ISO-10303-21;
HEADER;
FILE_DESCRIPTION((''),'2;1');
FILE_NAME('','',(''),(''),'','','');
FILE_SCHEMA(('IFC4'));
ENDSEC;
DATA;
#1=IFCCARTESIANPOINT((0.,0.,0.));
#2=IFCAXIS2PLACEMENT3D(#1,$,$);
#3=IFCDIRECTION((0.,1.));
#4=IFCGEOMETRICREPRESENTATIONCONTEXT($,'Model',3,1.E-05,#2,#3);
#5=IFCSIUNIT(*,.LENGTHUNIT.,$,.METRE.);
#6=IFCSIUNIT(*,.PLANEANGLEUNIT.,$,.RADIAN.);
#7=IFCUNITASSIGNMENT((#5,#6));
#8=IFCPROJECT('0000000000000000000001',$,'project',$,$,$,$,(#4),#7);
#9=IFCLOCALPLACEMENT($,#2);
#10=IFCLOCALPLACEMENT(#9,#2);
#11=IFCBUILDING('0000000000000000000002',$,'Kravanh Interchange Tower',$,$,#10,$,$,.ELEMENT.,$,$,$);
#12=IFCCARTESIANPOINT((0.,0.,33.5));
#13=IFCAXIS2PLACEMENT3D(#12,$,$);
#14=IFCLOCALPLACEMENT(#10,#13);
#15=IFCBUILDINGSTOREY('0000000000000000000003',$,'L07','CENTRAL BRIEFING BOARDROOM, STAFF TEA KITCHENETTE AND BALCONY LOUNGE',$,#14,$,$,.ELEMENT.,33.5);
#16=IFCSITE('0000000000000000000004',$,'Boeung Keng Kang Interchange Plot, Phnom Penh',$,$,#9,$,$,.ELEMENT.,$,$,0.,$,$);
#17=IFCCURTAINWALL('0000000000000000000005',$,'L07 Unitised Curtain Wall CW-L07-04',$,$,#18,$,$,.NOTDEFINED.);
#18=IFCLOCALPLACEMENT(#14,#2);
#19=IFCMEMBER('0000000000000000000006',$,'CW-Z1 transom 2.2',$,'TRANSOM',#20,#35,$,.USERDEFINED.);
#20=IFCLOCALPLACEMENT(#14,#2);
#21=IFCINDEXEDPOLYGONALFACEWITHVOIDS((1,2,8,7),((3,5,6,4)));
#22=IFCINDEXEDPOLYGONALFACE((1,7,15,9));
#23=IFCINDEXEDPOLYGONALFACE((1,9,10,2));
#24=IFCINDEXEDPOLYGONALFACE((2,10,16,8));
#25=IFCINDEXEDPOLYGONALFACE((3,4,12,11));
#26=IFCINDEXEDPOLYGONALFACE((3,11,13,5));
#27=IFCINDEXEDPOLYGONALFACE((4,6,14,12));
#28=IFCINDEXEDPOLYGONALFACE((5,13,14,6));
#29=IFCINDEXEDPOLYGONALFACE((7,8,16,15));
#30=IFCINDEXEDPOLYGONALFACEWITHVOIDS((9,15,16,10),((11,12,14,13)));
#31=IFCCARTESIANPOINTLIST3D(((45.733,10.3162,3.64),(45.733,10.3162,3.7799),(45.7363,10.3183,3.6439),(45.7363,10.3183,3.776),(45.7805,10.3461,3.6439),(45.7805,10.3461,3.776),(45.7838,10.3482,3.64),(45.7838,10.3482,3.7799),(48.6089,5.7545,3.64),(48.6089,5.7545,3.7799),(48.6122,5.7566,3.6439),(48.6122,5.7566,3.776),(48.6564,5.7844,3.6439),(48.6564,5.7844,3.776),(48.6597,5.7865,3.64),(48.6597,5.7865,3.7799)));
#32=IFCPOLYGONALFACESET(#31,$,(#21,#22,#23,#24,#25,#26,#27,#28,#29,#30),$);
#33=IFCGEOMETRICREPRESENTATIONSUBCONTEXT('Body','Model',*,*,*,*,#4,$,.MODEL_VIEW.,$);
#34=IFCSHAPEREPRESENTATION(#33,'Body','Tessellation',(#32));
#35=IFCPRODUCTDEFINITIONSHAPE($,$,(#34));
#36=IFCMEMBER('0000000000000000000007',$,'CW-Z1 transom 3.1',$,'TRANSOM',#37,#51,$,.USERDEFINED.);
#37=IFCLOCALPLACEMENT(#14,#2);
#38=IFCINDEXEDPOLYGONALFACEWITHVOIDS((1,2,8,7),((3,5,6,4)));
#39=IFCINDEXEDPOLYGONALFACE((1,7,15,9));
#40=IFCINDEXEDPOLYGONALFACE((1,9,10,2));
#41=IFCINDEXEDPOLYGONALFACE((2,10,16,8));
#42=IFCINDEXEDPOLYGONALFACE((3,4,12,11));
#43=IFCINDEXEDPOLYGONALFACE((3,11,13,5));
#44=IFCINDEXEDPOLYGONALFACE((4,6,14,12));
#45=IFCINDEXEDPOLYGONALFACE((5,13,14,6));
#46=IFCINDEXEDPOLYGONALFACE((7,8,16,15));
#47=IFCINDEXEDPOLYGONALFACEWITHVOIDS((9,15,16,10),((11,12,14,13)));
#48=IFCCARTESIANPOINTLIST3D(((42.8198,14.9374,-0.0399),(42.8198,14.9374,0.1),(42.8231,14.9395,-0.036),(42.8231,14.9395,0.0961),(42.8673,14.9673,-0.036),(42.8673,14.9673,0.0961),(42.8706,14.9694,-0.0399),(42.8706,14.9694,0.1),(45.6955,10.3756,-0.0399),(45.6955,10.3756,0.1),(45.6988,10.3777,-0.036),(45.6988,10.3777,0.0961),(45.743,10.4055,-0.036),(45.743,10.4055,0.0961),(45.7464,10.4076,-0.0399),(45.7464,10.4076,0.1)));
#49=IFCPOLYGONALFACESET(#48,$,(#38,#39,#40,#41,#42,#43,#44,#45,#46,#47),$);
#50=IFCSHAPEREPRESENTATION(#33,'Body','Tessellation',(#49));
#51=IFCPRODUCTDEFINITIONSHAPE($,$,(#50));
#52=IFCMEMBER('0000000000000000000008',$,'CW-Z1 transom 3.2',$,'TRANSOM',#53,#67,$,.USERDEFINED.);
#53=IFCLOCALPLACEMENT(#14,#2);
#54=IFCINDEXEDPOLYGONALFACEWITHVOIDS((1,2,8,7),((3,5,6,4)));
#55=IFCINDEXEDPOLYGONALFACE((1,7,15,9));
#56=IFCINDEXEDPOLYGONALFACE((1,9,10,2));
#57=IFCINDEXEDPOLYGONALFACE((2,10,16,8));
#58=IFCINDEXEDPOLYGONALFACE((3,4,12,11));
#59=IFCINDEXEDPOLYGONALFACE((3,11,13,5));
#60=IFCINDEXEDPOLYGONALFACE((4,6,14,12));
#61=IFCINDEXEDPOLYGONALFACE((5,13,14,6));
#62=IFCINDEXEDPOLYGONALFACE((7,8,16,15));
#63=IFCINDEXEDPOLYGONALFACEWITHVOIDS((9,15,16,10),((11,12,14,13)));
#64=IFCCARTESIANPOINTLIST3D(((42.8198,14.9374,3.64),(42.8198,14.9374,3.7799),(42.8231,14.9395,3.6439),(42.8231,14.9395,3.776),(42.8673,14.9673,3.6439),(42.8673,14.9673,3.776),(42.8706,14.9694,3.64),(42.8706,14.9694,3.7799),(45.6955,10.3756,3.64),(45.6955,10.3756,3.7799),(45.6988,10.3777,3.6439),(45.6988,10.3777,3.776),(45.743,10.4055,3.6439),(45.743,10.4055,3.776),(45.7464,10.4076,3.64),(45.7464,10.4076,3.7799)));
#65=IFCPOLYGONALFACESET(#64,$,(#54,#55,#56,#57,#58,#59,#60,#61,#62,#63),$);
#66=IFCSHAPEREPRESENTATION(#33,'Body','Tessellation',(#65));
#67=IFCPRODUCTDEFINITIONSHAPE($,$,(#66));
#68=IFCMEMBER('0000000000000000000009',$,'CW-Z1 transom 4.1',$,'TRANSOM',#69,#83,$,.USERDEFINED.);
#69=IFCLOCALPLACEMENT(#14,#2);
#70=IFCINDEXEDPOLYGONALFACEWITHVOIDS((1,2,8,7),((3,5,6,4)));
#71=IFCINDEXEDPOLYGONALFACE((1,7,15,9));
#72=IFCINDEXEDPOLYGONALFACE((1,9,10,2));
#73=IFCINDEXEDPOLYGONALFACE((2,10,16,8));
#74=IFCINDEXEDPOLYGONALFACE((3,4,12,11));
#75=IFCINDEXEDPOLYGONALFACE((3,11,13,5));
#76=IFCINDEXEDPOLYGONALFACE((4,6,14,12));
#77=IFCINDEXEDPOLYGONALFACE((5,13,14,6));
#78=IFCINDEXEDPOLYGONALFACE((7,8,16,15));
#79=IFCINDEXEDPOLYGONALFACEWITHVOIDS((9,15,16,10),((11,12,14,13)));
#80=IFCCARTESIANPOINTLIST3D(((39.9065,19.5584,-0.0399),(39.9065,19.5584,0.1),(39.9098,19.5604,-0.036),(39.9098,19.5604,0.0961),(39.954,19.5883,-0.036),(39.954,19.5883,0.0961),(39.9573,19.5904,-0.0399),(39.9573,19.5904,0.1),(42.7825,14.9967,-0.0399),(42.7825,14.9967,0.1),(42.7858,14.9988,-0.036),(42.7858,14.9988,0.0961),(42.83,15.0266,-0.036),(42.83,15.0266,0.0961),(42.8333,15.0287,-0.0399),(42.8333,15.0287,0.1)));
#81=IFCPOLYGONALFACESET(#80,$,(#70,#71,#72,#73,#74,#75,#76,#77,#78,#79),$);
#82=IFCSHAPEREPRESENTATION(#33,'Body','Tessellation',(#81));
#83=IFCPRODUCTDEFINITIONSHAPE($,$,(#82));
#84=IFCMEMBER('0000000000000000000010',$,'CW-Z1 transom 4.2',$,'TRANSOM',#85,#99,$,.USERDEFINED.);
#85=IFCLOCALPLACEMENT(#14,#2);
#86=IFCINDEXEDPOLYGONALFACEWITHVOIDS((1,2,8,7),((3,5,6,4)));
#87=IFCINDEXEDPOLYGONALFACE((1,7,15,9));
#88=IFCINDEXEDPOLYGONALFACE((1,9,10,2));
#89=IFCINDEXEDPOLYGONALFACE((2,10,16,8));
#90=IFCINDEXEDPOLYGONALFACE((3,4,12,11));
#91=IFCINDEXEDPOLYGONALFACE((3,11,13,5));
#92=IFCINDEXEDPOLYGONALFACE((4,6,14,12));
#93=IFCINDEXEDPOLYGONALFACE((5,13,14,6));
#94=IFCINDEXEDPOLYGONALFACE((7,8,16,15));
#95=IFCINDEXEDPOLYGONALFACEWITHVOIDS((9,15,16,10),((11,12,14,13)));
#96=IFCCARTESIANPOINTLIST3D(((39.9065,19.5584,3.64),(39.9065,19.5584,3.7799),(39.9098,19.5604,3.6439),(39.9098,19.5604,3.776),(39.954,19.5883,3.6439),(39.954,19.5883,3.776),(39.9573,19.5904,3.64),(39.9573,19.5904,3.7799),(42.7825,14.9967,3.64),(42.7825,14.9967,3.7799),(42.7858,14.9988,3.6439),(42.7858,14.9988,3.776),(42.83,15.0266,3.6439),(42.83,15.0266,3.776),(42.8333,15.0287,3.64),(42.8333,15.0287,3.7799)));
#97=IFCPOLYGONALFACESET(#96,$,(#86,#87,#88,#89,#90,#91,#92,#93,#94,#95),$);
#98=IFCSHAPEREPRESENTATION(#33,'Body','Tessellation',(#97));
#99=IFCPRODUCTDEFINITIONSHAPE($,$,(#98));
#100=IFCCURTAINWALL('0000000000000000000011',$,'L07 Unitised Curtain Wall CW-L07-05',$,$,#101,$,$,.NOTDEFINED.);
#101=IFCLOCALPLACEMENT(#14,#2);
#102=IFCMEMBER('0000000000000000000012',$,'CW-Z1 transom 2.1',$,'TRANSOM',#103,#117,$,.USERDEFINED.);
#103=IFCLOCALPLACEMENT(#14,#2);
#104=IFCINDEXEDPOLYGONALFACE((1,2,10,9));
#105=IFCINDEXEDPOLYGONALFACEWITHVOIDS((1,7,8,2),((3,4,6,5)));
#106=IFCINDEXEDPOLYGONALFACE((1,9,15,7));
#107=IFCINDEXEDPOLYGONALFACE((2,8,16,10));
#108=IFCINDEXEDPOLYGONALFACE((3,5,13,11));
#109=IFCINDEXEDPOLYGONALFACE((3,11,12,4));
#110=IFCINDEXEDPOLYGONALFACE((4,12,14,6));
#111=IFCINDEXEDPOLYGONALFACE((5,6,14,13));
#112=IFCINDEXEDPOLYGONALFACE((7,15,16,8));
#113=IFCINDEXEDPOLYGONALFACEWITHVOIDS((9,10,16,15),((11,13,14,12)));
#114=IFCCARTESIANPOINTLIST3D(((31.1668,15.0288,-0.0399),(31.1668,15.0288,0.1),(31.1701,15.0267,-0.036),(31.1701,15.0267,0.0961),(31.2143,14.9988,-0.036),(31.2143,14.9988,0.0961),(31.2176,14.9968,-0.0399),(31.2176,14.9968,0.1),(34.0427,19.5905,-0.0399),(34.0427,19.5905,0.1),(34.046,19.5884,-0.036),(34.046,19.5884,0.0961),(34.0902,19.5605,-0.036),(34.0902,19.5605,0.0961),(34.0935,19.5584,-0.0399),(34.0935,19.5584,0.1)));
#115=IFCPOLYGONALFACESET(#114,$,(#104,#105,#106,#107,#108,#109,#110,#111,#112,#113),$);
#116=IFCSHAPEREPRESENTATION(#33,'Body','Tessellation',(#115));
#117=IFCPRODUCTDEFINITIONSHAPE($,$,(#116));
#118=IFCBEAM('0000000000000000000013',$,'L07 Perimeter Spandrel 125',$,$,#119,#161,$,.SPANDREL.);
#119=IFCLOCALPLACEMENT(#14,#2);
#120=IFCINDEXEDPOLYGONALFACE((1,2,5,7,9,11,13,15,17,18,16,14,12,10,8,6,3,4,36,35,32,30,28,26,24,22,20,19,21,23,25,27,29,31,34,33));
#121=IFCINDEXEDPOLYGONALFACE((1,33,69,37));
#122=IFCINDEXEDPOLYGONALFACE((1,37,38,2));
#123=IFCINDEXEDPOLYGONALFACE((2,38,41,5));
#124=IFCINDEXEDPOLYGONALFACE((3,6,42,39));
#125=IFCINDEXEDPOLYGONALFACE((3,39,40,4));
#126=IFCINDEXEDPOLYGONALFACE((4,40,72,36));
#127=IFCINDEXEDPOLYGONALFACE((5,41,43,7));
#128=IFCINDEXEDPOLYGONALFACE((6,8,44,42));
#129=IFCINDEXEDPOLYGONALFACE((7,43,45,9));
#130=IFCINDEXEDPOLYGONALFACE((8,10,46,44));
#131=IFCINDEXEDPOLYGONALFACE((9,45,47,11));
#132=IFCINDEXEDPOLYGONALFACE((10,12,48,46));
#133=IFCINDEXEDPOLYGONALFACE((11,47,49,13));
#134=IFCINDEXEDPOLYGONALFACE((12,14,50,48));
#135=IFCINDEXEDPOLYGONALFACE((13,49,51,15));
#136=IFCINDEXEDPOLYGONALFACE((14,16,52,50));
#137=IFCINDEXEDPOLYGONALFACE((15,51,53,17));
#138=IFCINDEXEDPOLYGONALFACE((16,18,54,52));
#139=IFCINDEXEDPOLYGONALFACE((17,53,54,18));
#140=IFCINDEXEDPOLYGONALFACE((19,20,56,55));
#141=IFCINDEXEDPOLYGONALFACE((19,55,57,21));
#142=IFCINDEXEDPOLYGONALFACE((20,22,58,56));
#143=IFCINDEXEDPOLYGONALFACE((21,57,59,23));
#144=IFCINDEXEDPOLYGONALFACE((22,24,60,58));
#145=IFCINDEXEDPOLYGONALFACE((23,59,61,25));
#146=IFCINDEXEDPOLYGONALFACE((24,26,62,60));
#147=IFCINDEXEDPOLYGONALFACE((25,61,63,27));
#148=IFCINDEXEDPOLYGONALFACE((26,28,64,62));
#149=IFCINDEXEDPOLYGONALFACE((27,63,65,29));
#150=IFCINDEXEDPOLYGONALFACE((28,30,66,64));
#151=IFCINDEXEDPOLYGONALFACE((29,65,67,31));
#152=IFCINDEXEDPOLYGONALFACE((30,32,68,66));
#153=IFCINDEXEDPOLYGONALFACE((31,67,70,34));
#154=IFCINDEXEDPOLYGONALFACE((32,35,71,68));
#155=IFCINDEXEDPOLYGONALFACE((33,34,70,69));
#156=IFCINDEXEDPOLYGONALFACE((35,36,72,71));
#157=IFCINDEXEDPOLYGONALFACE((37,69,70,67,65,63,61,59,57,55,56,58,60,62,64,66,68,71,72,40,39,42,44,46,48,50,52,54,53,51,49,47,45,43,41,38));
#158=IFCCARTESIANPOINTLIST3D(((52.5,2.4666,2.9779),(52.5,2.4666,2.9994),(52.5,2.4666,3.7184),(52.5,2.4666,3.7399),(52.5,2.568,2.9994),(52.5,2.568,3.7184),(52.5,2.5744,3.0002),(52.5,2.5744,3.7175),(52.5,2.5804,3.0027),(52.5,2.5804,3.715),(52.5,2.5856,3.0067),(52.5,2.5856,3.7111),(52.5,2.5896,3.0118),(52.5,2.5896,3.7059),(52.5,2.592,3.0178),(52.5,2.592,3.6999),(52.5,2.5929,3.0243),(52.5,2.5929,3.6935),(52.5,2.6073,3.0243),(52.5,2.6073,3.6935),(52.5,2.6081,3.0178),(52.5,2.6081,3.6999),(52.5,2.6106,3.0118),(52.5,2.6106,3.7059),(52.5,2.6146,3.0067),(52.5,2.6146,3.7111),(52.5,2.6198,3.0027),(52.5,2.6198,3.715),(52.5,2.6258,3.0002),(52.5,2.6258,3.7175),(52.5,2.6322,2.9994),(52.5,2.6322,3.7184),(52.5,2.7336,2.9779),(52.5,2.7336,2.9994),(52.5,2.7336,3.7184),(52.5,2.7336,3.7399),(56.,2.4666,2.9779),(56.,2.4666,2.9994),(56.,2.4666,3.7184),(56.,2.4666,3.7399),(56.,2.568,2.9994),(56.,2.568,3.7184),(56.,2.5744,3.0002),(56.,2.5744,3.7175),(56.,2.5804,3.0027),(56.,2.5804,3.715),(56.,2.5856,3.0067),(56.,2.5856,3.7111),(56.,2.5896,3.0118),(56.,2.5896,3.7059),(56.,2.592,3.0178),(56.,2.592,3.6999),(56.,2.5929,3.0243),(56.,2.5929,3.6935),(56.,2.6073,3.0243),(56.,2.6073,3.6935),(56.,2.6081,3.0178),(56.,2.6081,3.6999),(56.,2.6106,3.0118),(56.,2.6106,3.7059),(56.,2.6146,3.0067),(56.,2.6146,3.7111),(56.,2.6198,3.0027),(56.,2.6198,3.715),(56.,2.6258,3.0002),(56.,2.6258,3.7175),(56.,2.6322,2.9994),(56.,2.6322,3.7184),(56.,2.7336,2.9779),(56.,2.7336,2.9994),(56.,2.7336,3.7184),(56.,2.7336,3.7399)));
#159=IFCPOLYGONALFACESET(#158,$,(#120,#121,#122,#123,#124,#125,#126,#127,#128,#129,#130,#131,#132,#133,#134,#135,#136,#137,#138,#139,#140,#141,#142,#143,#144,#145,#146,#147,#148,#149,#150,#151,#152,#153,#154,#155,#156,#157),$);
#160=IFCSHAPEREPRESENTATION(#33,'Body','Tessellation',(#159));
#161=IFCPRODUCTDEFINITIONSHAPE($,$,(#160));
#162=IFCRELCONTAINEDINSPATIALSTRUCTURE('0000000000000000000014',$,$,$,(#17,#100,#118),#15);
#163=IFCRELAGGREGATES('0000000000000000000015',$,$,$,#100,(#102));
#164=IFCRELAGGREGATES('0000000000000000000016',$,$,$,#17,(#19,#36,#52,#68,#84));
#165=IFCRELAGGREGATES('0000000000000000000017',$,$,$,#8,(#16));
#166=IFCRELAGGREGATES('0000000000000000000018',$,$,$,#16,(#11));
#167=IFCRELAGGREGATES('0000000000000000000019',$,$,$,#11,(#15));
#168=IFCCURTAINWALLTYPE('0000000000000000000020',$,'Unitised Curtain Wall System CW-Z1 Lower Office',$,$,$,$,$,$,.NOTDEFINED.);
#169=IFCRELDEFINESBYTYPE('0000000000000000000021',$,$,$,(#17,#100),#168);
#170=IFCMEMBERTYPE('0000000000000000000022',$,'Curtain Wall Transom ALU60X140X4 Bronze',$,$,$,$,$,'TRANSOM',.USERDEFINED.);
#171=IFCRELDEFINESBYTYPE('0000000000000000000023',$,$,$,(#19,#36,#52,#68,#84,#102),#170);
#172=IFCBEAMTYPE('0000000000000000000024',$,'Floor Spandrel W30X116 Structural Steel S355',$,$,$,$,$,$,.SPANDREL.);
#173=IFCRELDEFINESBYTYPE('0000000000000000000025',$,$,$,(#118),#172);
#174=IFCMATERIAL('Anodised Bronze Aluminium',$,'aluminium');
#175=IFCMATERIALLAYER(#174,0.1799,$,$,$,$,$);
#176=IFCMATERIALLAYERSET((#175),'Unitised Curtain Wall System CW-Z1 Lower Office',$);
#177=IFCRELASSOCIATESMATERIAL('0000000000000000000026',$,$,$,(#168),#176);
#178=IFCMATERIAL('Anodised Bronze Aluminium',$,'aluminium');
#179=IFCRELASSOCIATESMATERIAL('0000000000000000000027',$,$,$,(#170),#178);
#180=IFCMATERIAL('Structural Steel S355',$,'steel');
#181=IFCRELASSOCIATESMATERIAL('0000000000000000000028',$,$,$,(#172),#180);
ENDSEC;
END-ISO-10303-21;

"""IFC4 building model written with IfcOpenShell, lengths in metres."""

from ifc_helpers import new_model, si_unit, direction, frame, origin, origin_2d, place, context, subcontext, project, spatial, hollow_rectangle, i_section, extrude, material, layer, layer_set, material_profile, profile_set, type_object, element, aggregate, save


model = new_model("IFC4")

# Units and contexts
model_context = context("Model", 3, precision=1e-05, world=origin(), true_north=direction((0.0, 1.0)))
body_context = subcontext(model_context, "Body", "Model", "MODEL_VIEW")
ifc_project = project(units=[si_unit("LENGTHUNIT", "METRE"), si_unit("PLANEANGLEUNIT", "RADIAN")], contexts=[model_context])

# Site, building, storey
site_placement = place(None, origin())
site = spatial("IfcSite", under=ifc_project, at=site_placement, Name="Boeung Keng Kang Interchange Plot, Phnom Penh", CompositionType="ELEMENT", RefElevation=0.0)
building_placement = place(site_placement, origin())
building = spatial("IfcBuilding", under=site, at=building_placement, Name="Kravanh Interchange Tower", CompositionType="ELEMENT")
storey_placement = place(building_placement, frame((0.0, 0.0, 33.5)))
storey = spatial("IfcBuildingStorey", under=building, at=storey_placement, Name="L07", Description="CENTRAL BRIEFING BOARDROOM, STAFF TEA KITCHENETTE AND BALCONY LOUNGE", CompositionType="ELEMENT", Elevation=33.5)

# Shared definitions
ifc_material_1 = material(Name="Anodised Bronze Aluminium", Category="aluminium")
ifc_layer_1 = layer(ifc_material_1, 0.1799)
ifc_layer_set_1 = layer_set([ifc_layer_1], Name="Unitised Curtain Wall System CW-Z1 Lower Office")
curtain_wall_type = type_object("IfcCurtainWallType", Name="Unitised Curtain Wall System CW-Z1 Lower Office", PredefinedType="NOTDEFINED", material=ifc_layer_set_1)

# Curtain wall, members
curtain_wall_1_placement = place(storey_placement, origin())
curtain_wall_1 = element("IfcCurtainWall", 1, at=curtain_wall_1_placement, inside=storey, type_object=curtain_wall_type, Name="L07 Unitised Curtain Wall CW-L07-04", PredefinedType="NOTDEFINED")
ifc_material_2 = material(Name="Anodised Bronze Aluminium", Category="aluminium")
ifc_material_profile_1 = material_profile(ifc_material_2, hollow_rectangle(XDim=0.0601, YDim=0.1399, WallThickness=0.0039, at=origin_2d()), Name="ALU60X140X4")
ifc_profile_set_1 = profile_set([ifc_material_profile_1], Name="Anodised Bronze Aluminium")
member_type_1 = type_object("IfcMemberType", Name="Curtain Wall Transom ALU60X140X4 Bronze", ElementType="TRANSOM", PredefinedType="USERDEFINED", material=ifc_profile_set_1)
member_1_placement = place(storey_placement, frame((48.6343, 5.7705, 3.71), z_axis=(-0.533311, 0.845919, 0.0), x_axis=(-0.845919, -0.533311, 0.0)))
member_1 = element("IfcMember", 2, at=member_1_placement, type_object=member_type_1, Name="CW-Z1 transom 2.2", ObjectType="TRANSOM", PredefinedType="USERDEFINED", context=body_context, shape_type="SweptSolid", body=[
    extrude(hollow_rectangle(XDim=0.0601, YDim=0.1399, WallThickness=0.0039, at=origin_2d()), origin(), (0.0, 0.0, 1.0), 5.3926),
])
member_2_placement = place(storey_placement, frame((45.7209, 10.3916, 0.03), z_axis=(-0.533279, 0.845939, 0.0), x_axis=(-0.845939, -0.533279, 0.0)))
member_2 = element("IfcMember", 3, at=member_2_placement, type_object=member_type_1, Name="CW-Z1 transom 3.1", ObjectType="TRANSOM", PredefinedType="USERDEFINED", context=body_context, shape_type="SweptSolid", body=[
    extrude(hollow_rectangle(XDim=0.0601, YDim=0.1399, WallThickness=0.0039, at=origin_2d()), origin(), (0.0, 0.0, 1.0), 5.3926),
])
member_3_placement = place(storey_placement, frame((45.7209, 10.3916, 3.71), z_axis=(-0.533279, 0.845939, 0.0), x_axis=(-0.845939, -0.533279, 0.0)))
member_3 = element("IfcMember", 4, at=member_3_placement, type_object=member_type_1, Name="CW-Z1 transom 3.2", ObjectType="TRANSOM", PredefinedType="USERDEFINED", context=body_context, shape_type="SweptSolid", body=[
    extrude(hollow_rectangle(XDim=0.0601, YDim=0.1399, WallThickness=0.0039, at=origin_2d()), origin(), (0.0, 0.0, 1.0), 5.3926),
])
member_4_placement = place(storey_placement, frame((42.8079, 15.0127, 0.03), z_axis=(-0.533311, 0.845919, 0.0), x_axis=(-0.845919, -0.533311, 0.0)))
member_4 = element("IfcMember", 5, at=member_4_placement, type_object=member_type_1, Name="CW-Z1 transom 4.1", ObjectType="TRANSOM", PredefinedType="USERDEFINED", context=body_context, shape_type="SweptSolid", body=[
    extrude(hollow_rectangle(XDim=0.0601, YDim=0.1399, WallThickness=0.0039, at=origin_2d()), origin(), (0.0, 0.0, 1.0), 5.3926),
])
member_5_placement = place(storey_placement, frame((42.8079, 15.0127, 3.71), z_axis=(-0.533311, 0.845919, 0.0), x_axis=(-0.845919, -0.533311, 0.0)))
member_5 = element("IfcMember", 6, at=member_5_placement, type_object=member_type_1, Name="CW-Z1 transom 4.2", ObjectType="TRANSOM", PredefinedType="USERDEFINED", context=body_context, shape_type="SweptSolid", body=[
    extrude(hollow_rectangle(XDim=0.0601, YDim=0.1399, WallThickness=0.0039, at=origin_2d()), origin(), (0.0, 0.0, 1.0), 5.3926),
])

# Curtain wall, member
curtain_wall_2_placement = place(storey_placement, origin())
curtain_wall_2 = element("IfcCurtainWall", 7, at=curtain_wall_2_placement, inside=storey, type_object=curtain_wall_type, Name="L07 Unitised Curtain Wall CW-L07-05", PredefinedType="NOTDEFINED")
member_6_placement = place(storey_placement, frame((34.0681, 19.5745, 0.03), z_axis=(-0.533311, -0.845919, 0.0), x_axis=(0.845919, -0.533311, 0.0)))
member_6 = element("IfcMember", 8, at=member_6_placement, type_object=member_type_1, Name="CW-Z1 transom 2.1", ObjectType="TRANSOM", PredefinedType="USERDEFINED", context=body_context, shape_type="SweptSolid", body=[
    extrude(hollow_rectangle(XDim=0.0601, YDim=0.1399, WallThickness=0.0039, at=origin_2d()), origin(), (0.0, 0.0, 1.0), 5.3926),
])
aggregate(curtain_wall_2, [member_6])

# Beam
ifc_material_3 = material(Name="Structural Steel S355", Category="steel")
ifc_material_profile_2 = material_profile(ifc_material_3, i_section(OverallWidth=0.2671, OverallDepth=0.762, WebThickness=0.0144, FlangeThickness=0.0215, FilletRadius=0.0249, at=origin_2d()), Name="W30X116")
ifc_profile_set_2 = profile_set([ifc_material_profile_2], Name="Structural Steel S355")
beam_type = type_object("IfcBeamType", Name="Floor Spandrel W30X116 Structural Steel S355", PredefinedType="SPANDREL", material=ifc_profile_set_2)
beam_1_placement = place(storey_placement, frame((52.5, 2.6001, 3.3589), z_axis=(1.0, 0.0, 0.0), x_axis=(0.0, 1.0, 0.0)))
element("IfcBeam", 9, at=beam_1_placement, inside=storey, type_object=beam_type, Name="L07 Perimeter Spandrel 125", PredefinedType="SPANDREL", context=body_context, shape_type="SweptSolid", body=[
    extrude(i_section(OverallWidth=0.2671, OverallDepth=0.762, WebThickness=0.0144, FlangeThickness=0.0215, FilletRadius=0.0249, at=origin_2d()), origin(), (0.0, 0.0, 1.0), 3.5),
])

aggregate(curtain_wall_1, [member_1, member_2, member_3, member_4, member_5])

save(model, "model.ifc")
